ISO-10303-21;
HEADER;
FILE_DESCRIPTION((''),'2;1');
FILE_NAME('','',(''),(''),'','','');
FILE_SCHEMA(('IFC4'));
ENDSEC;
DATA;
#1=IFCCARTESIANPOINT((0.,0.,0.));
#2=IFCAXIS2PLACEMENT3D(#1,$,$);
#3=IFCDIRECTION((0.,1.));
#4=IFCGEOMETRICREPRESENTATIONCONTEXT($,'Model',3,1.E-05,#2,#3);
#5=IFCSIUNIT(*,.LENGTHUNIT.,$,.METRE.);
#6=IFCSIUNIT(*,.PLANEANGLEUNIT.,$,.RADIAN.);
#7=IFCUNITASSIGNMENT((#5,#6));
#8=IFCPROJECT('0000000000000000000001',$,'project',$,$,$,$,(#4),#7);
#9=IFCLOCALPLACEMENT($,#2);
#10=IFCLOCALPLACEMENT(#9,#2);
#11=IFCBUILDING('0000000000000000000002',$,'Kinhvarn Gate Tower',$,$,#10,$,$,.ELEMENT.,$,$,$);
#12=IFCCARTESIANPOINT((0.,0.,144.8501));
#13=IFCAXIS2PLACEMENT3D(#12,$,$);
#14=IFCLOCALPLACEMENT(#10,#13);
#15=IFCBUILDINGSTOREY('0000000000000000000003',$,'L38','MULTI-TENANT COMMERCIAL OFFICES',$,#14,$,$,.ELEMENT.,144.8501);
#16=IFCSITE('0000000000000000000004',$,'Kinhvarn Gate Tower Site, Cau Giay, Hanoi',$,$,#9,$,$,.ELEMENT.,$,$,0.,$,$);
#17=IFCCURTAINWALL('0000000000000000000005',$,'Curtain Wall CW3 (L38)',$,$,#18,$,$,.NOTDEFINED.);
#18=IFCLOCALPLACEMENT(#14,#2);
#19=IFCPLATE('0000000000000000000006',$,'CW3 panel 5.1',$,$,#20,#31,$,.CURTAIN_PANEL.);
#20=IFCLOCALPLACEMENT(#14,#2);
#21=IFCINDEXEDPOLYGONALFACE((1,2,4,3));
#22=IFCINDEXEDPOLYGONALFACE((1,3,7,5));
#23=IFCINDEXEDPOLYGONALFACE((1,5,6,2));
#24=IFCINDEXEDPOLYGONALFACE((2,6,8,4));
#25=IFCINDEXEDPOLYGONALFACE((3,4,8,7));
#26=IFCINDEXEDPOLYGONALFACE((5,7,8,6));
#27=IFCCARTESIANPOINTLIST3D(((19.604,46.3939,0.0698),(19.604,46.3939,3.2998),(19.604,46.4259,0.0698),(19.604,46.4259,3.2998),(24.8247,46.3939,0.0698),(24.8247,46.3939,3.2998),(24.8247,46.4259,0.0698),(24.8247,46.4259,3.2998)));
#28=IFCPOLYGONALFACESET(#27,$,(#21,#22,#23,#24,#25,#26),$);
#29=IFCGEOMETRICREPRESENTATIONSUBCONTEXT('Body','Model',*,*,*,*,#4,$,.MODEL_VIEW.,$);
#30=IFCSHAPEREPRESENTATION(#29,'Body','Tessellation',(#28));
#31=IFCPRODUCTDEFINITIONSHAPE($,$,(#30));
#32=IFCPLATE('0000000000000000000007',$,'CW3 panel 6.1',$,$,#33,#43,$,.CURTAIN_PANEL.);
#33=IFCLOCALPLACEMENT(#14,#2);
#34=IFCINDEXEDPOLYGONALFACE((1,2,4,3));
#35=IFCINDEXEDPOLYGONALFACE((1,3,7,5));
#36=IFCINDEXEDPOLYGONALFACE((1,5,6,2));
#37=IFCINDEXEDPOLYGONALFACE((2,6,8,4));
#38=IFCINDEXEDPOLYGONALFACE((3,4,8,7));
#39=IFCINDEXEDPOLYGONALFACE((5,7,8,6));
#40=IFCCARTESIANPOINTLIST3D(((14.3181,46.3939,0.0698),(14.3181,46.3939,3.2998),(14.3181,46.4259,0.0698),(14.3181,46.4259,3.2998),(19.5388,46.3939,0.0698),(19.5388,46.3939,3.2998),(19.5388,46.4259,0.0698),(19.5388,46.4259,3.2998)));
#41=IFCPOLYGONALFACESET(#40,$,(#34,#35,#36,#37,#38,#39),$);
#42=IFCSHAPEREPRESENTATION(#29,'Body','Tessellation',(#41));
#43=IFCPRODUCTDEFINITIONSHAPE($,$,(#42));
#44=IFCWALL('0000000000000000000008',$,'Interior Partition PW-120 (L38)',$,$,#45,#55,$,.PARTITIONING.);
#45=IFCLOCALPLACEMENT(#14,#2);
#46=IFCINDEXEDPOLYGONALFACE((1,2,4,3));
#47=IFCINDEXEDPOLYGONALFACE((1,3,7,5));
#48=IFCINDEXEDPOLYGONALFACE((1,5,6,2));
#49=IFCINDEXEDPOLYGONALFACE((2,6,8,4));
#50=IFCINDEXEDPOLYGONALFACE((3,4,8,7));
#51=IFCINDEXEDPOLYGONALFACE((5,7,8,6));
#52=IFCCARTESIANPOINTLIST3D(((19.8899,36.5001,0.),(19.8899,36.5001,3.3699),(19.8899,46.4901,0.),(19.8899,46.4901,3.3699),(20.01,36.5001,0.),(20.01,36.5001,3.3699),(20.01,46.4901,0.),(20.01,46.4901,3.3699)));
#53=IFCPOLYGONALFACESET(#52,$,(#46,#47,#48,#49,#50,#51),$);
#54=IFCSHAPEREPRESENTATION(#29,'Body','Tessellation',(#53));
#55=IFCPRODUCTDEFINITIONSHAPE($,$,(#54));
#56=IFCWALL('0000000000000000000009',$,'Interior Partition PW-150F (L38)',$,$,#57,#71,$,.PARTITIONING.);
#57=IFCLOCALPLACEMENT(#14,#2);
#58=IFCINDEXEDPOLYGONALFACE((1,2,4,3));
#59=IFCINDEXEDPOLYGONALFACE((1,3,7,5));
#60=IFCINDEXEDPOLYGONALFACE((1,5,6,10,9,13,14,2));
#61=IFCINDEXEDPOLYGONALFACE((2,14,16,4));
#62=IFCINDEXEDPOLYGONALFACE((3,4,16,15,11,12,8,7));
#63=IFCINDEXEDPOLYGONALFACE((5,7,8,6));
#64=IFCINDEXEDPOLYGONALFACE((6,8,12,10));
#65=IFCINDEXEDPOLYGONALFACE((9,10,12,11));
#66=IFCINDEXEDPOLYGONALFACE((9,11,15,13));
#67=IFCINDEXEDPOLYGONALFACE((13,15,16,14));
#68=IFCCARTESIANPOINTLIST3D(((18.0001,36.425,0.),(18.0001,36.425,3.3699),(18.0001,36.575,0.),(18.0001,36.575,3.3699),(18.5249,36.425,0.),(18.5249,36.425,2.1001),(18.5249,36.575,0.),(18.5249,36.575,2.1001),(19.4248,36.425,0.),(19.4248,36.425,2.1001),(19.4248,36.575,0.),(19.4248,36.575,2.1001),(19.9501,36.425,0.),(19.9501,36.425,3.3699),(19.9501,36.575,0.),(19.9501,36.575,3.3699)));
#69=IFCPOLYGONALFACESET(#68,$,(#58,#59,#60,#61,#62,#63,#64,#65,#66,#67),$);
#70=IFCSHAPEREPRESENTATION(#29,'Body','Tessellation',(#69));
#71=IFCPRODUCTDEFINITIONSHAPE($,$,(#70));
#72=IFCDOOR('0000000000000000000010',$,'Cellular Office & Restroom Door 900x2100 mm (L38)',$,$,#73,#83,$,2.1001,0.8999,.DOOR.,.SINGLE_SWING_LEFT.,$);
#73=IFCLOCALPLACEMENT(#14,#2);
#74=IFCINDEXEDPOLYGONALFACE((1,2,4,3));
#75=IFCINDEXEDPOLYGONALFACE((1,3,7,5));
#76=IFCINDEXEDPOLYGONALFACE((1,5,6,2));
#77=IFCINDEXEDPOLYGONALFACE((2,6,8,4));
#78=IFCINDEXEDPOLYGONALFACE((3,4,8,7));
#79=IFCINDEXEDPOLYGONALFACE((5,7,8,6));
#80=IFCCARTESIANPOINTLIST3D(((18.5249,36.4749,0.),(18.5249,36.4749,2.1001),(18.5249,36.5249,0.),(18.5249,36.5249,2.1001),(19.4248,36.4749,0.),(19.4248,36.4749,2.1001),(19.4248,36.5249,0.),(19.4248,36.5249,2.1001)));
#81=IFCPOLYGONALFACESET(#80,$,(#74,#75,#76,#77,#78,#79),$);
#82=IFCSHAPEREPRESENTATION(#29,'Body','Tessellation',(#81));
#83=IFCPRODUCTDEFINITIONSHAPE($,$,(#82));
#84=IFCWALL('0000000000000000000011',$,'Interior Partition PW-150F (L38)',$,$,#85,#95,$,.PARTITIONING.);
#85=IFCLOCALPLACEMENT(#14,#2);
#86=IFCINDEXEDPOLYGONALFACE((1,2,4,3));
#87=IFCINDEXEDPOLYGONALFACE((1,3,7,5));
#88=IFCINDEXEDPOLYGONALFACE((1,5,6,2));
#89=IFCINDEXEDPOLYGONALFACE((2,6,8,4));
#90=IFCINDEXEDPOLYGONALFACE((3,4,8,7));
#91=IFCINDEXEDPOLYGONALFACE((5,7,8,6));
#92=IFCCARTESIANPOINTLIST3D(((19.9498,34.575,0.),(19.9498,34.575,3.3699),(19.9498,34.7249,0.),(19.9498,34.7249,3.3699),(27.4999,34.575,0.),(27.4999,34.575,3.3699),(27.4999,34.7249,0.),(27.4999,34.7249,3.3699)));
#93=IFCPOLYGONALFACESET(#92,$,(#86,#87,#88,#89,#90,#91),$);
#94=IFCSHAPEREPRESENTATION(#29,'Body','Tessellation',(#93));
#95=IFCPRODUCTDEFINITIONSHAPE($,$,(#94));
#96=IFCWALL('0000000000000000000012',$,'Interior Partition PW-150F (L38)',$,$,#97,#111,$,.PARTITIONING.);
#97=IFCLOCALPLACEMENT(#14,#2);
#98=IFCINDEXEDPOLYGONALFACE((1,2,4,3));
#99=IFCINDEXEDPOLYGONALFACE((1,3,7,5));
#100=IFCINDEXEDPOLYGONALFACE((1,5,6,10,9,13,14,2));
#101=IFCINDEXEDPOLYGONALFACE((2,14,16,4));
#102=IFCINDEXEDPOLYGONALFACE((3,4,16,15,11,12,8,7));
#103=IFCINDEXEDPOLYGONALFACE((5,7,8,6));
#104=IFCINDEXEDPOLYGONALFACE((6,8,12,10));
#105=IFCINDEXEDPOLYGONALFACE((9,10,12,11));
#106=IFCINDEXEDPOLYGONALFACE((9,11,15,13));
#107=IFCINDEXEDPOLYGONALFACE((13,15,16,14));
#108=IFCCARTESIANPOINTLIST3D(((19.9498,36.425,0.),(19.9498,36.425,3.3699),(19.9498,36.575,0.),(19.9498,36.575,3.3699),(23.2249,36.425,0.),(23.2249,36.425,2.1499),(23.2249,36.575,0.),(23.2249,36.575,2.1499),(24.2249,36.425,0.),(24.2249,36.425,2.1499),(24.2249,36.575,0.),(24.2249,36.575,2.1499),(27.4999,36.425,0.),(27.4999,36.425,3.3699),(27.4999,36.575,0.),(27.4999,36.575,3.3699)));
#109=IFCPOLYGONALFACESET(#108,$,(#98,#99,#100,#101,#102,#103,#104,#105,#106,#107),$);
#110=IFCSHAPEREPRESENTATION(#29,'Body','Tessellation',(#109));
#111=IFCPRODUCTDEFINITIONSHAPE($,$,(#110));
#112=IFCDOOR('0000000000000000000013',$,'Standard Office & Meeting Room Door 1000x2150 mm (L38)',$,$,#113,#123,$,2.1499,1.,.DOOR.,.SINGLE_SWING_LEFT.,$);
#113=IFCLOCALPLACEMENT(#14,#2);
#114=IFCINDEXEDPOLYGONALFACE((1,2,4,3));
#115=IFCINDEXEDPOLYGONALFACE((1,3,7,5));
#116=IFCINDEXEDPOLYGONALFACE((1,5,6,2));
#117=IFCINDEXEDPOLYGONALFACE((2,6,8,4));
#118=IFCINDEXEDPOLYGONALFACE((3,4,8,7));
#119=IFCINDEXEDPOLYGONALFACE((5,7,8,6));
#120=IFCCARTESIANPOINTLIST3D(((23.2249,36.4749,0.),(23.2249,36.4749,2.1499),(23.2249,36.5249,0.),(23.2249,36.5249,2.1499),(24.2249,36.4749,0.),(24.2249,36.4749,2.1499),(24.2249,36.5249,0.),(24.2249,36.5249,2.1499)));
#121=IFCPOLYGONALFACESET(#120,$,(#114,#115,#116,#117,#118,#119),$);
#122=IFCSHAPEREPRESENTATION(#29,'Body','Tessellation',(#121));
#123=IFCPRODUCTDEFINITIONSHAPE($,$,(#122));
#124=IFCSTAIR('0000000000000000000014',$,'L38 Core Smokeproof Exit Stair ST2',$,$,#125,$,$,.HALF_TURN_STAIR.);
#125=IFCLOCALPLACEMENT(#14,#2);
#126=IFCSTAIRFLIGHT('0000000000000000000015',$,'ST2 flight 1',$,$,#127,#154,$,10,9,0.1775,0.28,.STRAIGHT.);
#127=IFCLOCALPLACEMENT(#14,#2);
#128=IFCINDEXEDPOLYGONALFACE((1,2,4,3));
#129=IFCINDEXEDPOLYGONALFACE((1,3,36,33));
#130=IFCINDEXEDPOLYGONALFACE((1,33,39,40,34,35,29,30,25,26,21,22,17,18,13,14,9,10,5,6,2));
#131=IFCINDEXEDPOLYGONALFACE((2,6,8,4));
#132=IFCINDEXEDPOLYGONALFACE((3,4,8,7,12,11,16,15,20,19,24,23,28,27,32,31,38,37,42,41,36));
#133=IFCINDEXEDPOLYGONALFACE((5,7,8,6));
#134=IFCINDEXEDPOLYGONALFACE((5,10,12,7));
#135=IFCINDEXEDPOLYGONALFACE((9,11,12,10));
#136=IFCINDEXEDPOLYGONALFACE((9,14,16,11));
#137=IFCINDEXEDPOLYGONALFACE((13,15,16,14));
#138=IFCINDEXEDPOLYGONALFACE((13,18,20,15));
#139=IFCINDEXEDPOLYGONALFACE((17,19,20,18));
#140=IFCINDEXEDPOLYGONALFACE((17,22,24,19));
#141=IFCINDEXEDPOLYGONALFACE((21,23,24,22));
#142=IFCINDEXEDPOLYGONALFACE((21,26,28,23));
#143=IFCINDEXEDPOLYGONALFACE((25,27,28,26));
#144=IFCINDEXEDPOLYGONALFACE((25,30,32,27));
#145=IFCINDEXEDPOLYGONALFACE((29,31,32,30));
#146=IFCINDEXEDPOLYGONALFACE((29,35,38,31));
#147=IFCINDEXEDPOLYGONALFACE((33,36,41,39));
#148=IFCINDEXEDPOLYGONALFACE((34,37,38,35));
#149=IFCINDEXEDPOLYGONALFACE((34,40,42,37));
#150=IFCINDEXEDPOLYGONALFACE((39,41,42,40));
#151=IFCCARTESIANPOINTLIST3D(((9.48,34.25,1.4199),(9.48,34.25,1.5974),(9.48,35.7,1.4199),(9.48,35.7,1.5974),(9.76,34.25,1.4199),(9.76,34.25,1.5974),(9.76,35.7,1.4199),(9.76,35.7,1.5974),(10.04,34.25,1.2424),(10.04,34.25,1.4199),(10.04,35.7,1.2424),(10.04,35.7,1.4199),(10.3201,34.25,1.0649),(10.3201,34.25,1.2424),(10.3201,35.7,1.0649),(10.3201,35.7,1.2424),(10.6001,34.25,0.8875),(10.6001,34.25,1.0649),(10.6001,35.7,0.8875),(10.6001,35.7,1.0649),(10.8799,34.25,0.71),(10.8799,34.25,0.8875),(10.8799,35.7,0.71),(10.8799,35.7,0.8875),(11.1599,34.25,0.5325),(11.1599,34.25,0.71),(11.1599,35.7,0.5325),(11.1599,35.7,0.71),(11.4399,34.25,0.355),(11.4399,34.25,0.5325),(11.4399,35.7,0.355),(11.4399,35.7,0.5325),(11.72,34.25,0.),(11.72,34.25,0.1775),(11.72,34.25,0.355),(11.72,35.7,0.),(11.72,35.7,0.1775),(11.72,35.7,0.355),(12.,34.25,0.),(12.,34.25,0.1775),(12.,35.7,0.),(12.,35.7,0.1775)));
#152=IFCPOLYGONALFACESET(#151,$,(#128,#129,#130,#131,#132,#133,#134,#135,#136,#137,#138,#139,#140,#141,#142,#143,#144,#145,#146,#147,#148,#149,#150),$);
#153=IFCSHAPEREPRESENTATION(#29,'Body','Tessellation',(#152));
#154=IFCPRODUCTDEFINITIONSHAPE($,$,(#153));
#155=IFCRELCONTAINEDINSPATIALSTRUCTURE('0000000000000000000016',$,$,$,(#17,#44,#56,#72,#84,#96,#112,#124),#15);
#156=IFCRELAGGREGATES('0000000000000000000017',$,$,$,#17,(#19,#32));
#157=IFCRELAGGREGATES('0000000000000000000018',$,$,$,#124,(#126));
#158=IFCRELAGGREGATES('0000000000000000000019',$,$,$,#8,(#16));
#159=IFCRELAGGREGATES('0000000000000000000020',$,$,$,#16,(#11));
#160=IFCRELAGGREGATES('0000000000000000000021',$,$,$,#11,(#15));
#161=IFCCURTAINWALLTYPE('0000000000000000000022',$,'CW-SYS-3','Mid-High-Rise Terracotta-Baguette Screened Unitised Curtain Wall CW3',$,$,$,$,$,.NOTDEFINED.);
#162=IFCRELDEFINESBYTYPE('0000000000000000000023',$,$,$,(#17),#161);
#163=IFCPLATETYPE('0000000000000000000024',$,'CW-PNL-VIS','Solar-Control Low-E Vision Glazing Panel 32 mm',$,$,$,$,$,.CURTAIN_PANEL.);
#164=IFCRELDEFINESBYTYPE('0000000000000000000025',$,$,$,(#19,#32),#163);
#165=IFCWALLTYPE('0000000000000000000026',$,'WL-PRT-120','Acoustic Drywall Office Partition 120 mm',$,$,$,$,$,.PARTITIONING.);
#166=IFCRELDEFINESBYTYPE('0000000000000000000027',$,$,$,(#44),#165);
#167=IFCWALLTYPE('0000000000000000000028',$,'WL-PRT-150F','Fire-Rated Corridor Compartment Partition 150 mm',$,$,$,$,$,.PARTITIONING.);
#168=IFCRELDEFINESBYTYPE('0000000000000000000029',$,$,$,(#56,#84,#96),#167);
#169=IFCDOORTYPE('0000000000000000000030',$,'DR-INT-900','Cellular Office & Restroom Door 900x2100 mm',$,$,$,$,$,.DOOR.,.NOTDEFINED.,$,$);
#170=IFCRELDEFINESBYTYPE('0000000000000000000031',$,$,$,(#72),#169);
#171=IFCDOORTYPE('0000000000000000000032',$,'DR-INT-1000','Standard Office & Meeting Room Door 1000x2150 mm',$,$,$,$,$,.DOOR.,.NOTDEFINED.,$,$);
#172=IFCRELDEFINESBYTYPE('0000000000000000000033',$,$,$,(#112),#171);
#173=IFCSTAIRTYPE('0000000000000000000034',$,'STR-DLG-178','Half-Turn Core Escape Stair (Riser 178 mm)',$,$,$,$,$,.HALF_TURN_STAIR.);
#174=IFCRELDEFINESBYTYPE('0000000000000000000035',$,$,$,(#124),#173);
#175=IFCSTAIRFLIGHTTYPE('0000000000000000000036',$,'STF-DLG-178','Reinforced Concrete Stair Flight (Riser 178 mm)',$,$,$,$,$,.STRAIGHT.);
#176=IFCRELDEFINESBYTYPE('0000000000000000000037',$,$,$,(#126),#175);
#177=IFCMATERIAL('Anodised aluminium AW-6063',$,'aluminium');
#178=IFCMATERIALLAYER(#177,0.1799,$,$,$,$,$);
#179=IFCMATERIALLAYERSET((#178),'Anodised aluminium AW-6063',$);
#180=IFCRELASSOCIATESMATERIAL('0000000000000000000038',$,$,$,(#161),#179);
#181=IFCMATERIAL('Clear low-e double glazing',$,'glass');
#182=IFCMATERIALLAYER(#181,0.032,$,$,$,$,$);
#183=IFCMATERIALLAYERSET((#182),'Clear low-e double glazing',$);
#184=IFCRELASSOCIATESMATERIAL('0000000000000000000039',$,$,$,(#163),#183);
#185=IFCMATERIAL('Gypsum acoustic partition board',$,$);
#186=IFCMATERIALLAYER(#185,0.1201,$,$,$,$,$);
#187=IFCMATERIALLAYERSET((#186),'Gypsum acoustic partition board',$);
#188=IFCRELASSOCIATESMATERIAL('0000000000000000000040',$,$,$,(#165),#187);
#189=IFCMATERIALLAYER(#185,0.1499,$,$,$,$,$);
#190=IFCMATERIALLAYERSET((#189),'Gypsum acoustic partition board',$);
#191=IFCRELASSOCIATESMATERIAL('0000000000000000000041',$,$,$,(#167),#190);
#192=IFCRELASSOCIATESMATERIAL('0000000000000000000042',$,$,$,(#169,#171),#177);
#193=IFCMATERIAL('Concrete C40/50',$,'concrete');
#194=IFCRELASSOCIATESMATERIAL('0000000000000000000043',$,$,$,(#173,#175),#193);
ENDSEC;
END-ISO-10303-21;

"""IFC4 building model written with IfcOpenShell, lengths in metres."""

from ifc_helpers import new_model, si_unit, direction, frame, frame_2d, origin, origin_2d, place, context, subcontext, project, spatial, polyline, rectangle, outline, extrude, material, layer, layer_set, type_object, element, fill, aggregate, save


model = new_model("IFC4")

# Units and contexts
model_context = context("Model", 3, precision=1e-05, world=origin(), true_north=direction((0.0, 1.0)))
body_context = subcontext(model_context, "Body", "Model", "MODEL_VIEW")
ifc_project = project(units=[si_unit("LENGTHUNIT", "METRE"), si_unit("PLANEANGLEUNIT", "RADIAN")], contexts=[model_context])

# Site, building, storey
site_placement = place(None, origin())
site = spatial("IfcSite", under=ifc_project, at=site_placement, Name="Kinhvarn Gate Tower Site, Cau Giay, Hanoi", CompositionType="ELEMENT", RefElevation=0.0)
building_placement = place(site_placement, origin())
building = spatial("IfcBuilding", under=site, at=building_placement, Name="Kinhvarn Gate Tower", CompositionType="ELEMENT")
storey_placement = place(building_placement, frame((0.0, 0.0, 144.8501)))
storey = spatial("IfcBuildingStorey", under=building, at=storey_placement, Name="L38", Description="MULTI-TENANT COMMERCIAL OFFICES", CompositionType="ELEMENT", Elevation=144.8501)

# Curtain wall
ifc_material_1 = material(Name="Anodised aluminium AW-6063", Category="aluminium")
ifc_layer_1 = layer(ifc_material_1, 0.1799)
ifc_layer_set_1 = layer_set([ifc_layer_1], Name="Anodised aluminium AW-6063")
curtain_wall_type = type_object("IfcCurtainWallType", Name="CW-SYS-3", Description="Mid-High-Rise Terracotta-Baguette Screened Unitised Curtain Wall CW3", PredefinedType="NOTDEFINED", material=ifc_layer_set_1)
curtain_wall_placement = place(storey_placement, origin())
curtain_wall = element("IfcCurtainWall", 1, at=curtain_wall_placement, inside=storey, type_object=curtain_wall_type, Name="Curtain Wall CW3 (L38)", PredefinedType="NOTDEFINED")

# Plates
ifc_material_2 = material(Name="Clear low-e double glazing", Category="glass")
ifc_layer_2 = layer(ifc_material_2, 0.032)
ifc_layer_set_2 = layer_set([ifc_layer_2], Name="Clear low-e double glazing")
plate_type = type_object("IfcPlateType", Name="CW-PNL-VIS", Description="Solar-Control Low-E Vision Glazing Panel 32 mm", PredefinedType="CURTAIN_PANEL", material=ifc_layer_set_2)
plate_1_placement = place(storey_placement, frame((22.2144, 46.4099, 0.0698), z_axis=(0.0, 0.0, 1.0), x_axis=(-1.0, 0.0, 0.0)))
plate_1 = element("IfcPlate", 2, at=plate_1_placement, type_object=plate_type, Name="CW3 panel 5.1", PredefinedType="CURTAIN_PANEL", context=body_context, shape_type="SweptSolid", body=[
    extrude(rectangle(XDim=5.2207, YDim=0.032, at=origin_2d()), origin(), (0.0, 0.0, 1.0), 3.23),
])
plate_2_placement = place(storey_placement, frame((16.9285, 46.4099, 0.0698), z_axis=(0.0, 0.0, 1.0), x_axis=(-1.0, 0.0, 0.0)))
plate_2 = element("IfcPlate", 3, at=plate_2_placement, type_object=plate_type, Name="CW3 panel 6.1", PredefinedType="CURTAIN_PANEL", context=body_context, shape_type="SweptSolid", body=[
    extrude(rectangle(XDim=5.2207, YDim=0.032, at=origin_2d()), origin(), (0.0, 0.0, 1.0), 3.23),
])
aggregate(curtain_wall, [plate_1, plate_2])

# Wall
ifc_material_3 = material(Name="Gypsum acoustic partition board")
ifc_layer_3 = layer(ifc_material_3, 0.1201)
ifc_layer_set_3 = layer_set([ifc_layer_3], Name="Gypsum acoustic partition board")
wall_type_1 = type_object("IfcWallType", Name="WL-PRT-120", Description="Acoustic Drywall Office Partition 120 mm", PredefinedType="PARTITIONING", material=ifc_layer_set_3)
wall_1_placement = place(storey_placement, frame((19.95, 36.5, 0.0), z_axis=(0.0, 0.0, 1.0), x_axis=(0.0, 1.0, 0.0)))
element("IfcWall", 4, at=wall_1_placement, inside=storey, type_object=wall_type_1, Name="Interior Partition PW-120 (L38)", PredefinedType="PARTITIONING", context=body_context, shape_type="SweptSolid", body=[
    extrude(rectangle(XDim=9.99, YDim=0.1201, at=frame_2d((4.9951, 0.0))), origin(), (0.0, 0.0, 1.0), 3.3699),
])

# Wall, opening, door
ifc_layer_4 = layer(ifc_material_3, 0.1499)
ifc_layer_set_4 = layer_set([ifc_layer_4], Name="Gypsum acoustic partition board")
wall_type_2 = type_object("IfcWallType", Name="WL-PRT-150F", Description="Fire-Rated Corridor Compartment Partition 150 mm", PredefinedType="PARTITIONING", material=ifc_layer_set_4)
wall_2_placement = place(storey_placement, frame((18.0, 36.5, 0.0), z_axis=(0.0, 0.0, 1.0), x_axis=(1.0, 0.0, 0.0)))
wall_2 = element("IfcWall", 5, at=wall_2_placement, inside=storey, type_object=wall_type_2, Name="Interior Partition PW-150F (L38)", PredefinedType="PARTITIONING", context=body_context, shape_type="SweptSolid", body=[
    extrude(rectangle(XDim=1.95, YDim=0.1499, at=frame_2d((0.9751, 0.0))), origin(), (0.0, 0.0, 1.0), 3.3699),
])
opening_1_placement = place(wall_2_placement, frame((0.5249, 0.0, 0.0)))
opening_1 = element("IfcOpeningElement", 6, at=opening_1_placement, cuts=wall_2, PredefinedType="OPENING", context=body_context, shape_type="SweptSolid", body=[
    extrude(rectangle(XDim=0.8999, YDim=2.1001, at=frame_2d((0.45, 1.05))), frame((0.0, 0.085, 0.0), z_axis=(0.0, -1.0, 0.0), x_axis=(1.0, 0.0, 0.0)), (0.0, 0.0, 1.0), 0.1699),
])
door_type_1 = type_object("IfcDoorType", Name="DR-INT-900", Description="Cellular Office & Restroom Door 900x2100 mm", OperationType="NOTDEFINED", PredefinedType="DOOR", material=ifc_material_1)
door_1_placement = place(opening_1_placement, origin())
door_1 = element("IfcDoor", 7, at=door_1_placement, inside=storey, type_object=door_type_1, Name="Cellular Office & Restroom Door 900x2100 mm (L38)", OperationType="SINGLE_SWING_LEFT", OverallHeight=2.1001, OverallWidth=0.8999, PredefinedType="DOOR", context=body_context, shape_type="SweptSolid", body=[
    extrude(rectangle(XDim=0.8999, YDim=2.1001, at=frame_2d((0.45, 1.05))), frame((0.0, 0.0249, 0.0), z_axis=(0.0, -1.0, 0.0), x_axis=(1.0, 0.0, 0.0)), (0.0, 0.0, 1.0), 0.05),
])
fill(opening_1, door_1)

# Wall
wall_3_placement = place(storey_placement, frame((19.95, 34.6499, 0.0), z_axis=(0.0, 0.0, 1.0), x_axis=(1.0, 0.0, 0.0)))
element("IfcWall", 8, at=wall_3_placement, inside=storey, type_object=wall_type_2, Name="Interior Partition PW-150F (L38)", PredefinedType="PARTITIONING", context=body_context, shape_type="SweptSolid", body=[
    extrude(rectangle(XDim=7.55, YDim=0.1499, at=frame_2d((3.7749, 0.0))), origin(), (0.0, 0.0, 1.0), 3.3699),
])

# Wall, opening, door
wall_4_placement = place(storey_placement, frame((19.95, 36.5, 0.0), z_axis=(0.0, 0.0, 1.0), x_axis=(1.0, 0.0, 0.0)))
wall_4 = element("IfcWall", 9, at=wall_4_placement, inside=storey, type_object=wall_type_2, Name="Interior Partition PW-150F (L38)", PredefinedType="PARTITIONING", context=body_context, shape_type="SweptSolid", body=[
    extrude(rectangle(XDim=7.55, YDim=0.1499, at=frame_2d((3.7749, 0.0))), origin(), (0.0, 0.0, 1.0), 3.3699),
])
opening_2_placement = place(wall_4_placement, frame((3.2749, 0.0, 0.0)))
opening_2 = element("IfcOpeningElement", 10, at=opening_2_placement, cuts=wall_4, PredefinedType="OPENING", context=body_context, shape_type="SweptSolid", body=[
    extrude(rectangle(XDim=1.0, YDim=2.1499, at=frame_2d((0.5, 1.075))), frame((0.0, 0.085, 0.0), z_axis=(0.0, -1.0, 0.0), x_axis=(1.0, 0.0, 0.0)), (0.0, 0.0, 1.0), 0.1699),
])
door_type_2 = type_object("IfcDoorType", Name="DR-INT-1000", Description="Standard Office & Meeting Room Door 1000x2150 mm", OperationType="NOTDEFINED", PredefinedType="DOOR", material=ifc_material_1)
door_2_placement = place(opening_2_placement, origin())
door_2 = element("IfcDoor", 11, at=door_2_placement, inside=storey, type_object=door_type_2, Name="Standard Office & Meeting Room Door 1000x2150 mm (L38)", OperationType="SINGLE_SWING_LEFT", OverallHeight=2.1499, OverallWidth=1.0, PredefinedType="DOOR", context=body_context, shape_type="SweptSolid", body=[
    extrude(rectangle(XDim=1.0, YDim=2.1499, at=frame_2d((0.5, 1.075))), frame((0.0, 0.0249, 0.0), z_axis=(0.0, -1.0, 0.0), x_axis=(1.0, 0.0, 0.0)), (0.0, 0.0, 1.0), 0.05),
])
fill(opening_2, door_2)
ifc_material_4 = material(Name="Concrete C40/50", Category="concrete")

# Stair, stair flight
stair_type = type_object("IfcStairType", Name="STR-DLG-178", Description="Half-Turn Core Escape Stair (Riser 178 mm)", PredefinedType="HALF_TURN_STAIR", material=ifc_material_4)
stair_placement = place(storey_placement, origin())
stair = element("IfcStair", 12, at=stair_placement, inside=storey, type_object=stair_type, Name="L38 Core Smokeproof Exit Stair ST2", PredefinedType="HALF_TURN_STAIR")
stair_flight_type = type_object("IfcStairFlightType", Name="STF-DLG-178", Description="Reinforced Concrete Stair Flight (Riser 178 mm)", PredefinedType="STRAIGHT", material=ifc_material_4)
stair_flight_placement = place(storey_placement, frame((12.0, 34.9751, 0.0), z_axis=(0.0, 0.0, 1.0), x_axis=(-1.0, 0.0, 0.0)))
stair_flight = element("IfcStairFlight", 13, at=stair_flight_placement, type_object=stair_flight_type, Name="ST2 flight 1", NumberOfRisers=10, NumberOfTreads=9, PredefinedType="STRAIGHT", RiserHeight=0.1775, TreadLength=0.28, context=body_context, shape_type="SweptSolid", body=[
    extrude(outline(polyline([(0.0, 0.0), (0.0, 0.1775), (0.28, 0.1775), (0.28, 0.355), (0.5601, 0.355), (0.5601, 0.5325), (0.8401, 0.5325), (0.8401, 0.71), (1.1201, 0.71), (1.1201, 0.8875), (1.3999, 0.8875), (1.3999, 1.0649), (1.6799, 1.0649), (1.6799, 1.2424), (1.96, 1.2424), (1.96, 1.4199), (2.24, 1.4199), (2.24, 1.5974), (2.52, 1.5974), (2.52, 1.7749), (2.52, 1.4199), (0.28, 0.0), (0.0, 0.0)])), frame((0.0, 0.7251, 0.0), z_axis=(0.0, -1.0, 0.0), x_axis=(1.0, 0.0, 0.0)), (0.0, 0.0, 1.0), 1.45),
])
aggregate(stair, [stair_flight])

save(model, "model.ifc")
